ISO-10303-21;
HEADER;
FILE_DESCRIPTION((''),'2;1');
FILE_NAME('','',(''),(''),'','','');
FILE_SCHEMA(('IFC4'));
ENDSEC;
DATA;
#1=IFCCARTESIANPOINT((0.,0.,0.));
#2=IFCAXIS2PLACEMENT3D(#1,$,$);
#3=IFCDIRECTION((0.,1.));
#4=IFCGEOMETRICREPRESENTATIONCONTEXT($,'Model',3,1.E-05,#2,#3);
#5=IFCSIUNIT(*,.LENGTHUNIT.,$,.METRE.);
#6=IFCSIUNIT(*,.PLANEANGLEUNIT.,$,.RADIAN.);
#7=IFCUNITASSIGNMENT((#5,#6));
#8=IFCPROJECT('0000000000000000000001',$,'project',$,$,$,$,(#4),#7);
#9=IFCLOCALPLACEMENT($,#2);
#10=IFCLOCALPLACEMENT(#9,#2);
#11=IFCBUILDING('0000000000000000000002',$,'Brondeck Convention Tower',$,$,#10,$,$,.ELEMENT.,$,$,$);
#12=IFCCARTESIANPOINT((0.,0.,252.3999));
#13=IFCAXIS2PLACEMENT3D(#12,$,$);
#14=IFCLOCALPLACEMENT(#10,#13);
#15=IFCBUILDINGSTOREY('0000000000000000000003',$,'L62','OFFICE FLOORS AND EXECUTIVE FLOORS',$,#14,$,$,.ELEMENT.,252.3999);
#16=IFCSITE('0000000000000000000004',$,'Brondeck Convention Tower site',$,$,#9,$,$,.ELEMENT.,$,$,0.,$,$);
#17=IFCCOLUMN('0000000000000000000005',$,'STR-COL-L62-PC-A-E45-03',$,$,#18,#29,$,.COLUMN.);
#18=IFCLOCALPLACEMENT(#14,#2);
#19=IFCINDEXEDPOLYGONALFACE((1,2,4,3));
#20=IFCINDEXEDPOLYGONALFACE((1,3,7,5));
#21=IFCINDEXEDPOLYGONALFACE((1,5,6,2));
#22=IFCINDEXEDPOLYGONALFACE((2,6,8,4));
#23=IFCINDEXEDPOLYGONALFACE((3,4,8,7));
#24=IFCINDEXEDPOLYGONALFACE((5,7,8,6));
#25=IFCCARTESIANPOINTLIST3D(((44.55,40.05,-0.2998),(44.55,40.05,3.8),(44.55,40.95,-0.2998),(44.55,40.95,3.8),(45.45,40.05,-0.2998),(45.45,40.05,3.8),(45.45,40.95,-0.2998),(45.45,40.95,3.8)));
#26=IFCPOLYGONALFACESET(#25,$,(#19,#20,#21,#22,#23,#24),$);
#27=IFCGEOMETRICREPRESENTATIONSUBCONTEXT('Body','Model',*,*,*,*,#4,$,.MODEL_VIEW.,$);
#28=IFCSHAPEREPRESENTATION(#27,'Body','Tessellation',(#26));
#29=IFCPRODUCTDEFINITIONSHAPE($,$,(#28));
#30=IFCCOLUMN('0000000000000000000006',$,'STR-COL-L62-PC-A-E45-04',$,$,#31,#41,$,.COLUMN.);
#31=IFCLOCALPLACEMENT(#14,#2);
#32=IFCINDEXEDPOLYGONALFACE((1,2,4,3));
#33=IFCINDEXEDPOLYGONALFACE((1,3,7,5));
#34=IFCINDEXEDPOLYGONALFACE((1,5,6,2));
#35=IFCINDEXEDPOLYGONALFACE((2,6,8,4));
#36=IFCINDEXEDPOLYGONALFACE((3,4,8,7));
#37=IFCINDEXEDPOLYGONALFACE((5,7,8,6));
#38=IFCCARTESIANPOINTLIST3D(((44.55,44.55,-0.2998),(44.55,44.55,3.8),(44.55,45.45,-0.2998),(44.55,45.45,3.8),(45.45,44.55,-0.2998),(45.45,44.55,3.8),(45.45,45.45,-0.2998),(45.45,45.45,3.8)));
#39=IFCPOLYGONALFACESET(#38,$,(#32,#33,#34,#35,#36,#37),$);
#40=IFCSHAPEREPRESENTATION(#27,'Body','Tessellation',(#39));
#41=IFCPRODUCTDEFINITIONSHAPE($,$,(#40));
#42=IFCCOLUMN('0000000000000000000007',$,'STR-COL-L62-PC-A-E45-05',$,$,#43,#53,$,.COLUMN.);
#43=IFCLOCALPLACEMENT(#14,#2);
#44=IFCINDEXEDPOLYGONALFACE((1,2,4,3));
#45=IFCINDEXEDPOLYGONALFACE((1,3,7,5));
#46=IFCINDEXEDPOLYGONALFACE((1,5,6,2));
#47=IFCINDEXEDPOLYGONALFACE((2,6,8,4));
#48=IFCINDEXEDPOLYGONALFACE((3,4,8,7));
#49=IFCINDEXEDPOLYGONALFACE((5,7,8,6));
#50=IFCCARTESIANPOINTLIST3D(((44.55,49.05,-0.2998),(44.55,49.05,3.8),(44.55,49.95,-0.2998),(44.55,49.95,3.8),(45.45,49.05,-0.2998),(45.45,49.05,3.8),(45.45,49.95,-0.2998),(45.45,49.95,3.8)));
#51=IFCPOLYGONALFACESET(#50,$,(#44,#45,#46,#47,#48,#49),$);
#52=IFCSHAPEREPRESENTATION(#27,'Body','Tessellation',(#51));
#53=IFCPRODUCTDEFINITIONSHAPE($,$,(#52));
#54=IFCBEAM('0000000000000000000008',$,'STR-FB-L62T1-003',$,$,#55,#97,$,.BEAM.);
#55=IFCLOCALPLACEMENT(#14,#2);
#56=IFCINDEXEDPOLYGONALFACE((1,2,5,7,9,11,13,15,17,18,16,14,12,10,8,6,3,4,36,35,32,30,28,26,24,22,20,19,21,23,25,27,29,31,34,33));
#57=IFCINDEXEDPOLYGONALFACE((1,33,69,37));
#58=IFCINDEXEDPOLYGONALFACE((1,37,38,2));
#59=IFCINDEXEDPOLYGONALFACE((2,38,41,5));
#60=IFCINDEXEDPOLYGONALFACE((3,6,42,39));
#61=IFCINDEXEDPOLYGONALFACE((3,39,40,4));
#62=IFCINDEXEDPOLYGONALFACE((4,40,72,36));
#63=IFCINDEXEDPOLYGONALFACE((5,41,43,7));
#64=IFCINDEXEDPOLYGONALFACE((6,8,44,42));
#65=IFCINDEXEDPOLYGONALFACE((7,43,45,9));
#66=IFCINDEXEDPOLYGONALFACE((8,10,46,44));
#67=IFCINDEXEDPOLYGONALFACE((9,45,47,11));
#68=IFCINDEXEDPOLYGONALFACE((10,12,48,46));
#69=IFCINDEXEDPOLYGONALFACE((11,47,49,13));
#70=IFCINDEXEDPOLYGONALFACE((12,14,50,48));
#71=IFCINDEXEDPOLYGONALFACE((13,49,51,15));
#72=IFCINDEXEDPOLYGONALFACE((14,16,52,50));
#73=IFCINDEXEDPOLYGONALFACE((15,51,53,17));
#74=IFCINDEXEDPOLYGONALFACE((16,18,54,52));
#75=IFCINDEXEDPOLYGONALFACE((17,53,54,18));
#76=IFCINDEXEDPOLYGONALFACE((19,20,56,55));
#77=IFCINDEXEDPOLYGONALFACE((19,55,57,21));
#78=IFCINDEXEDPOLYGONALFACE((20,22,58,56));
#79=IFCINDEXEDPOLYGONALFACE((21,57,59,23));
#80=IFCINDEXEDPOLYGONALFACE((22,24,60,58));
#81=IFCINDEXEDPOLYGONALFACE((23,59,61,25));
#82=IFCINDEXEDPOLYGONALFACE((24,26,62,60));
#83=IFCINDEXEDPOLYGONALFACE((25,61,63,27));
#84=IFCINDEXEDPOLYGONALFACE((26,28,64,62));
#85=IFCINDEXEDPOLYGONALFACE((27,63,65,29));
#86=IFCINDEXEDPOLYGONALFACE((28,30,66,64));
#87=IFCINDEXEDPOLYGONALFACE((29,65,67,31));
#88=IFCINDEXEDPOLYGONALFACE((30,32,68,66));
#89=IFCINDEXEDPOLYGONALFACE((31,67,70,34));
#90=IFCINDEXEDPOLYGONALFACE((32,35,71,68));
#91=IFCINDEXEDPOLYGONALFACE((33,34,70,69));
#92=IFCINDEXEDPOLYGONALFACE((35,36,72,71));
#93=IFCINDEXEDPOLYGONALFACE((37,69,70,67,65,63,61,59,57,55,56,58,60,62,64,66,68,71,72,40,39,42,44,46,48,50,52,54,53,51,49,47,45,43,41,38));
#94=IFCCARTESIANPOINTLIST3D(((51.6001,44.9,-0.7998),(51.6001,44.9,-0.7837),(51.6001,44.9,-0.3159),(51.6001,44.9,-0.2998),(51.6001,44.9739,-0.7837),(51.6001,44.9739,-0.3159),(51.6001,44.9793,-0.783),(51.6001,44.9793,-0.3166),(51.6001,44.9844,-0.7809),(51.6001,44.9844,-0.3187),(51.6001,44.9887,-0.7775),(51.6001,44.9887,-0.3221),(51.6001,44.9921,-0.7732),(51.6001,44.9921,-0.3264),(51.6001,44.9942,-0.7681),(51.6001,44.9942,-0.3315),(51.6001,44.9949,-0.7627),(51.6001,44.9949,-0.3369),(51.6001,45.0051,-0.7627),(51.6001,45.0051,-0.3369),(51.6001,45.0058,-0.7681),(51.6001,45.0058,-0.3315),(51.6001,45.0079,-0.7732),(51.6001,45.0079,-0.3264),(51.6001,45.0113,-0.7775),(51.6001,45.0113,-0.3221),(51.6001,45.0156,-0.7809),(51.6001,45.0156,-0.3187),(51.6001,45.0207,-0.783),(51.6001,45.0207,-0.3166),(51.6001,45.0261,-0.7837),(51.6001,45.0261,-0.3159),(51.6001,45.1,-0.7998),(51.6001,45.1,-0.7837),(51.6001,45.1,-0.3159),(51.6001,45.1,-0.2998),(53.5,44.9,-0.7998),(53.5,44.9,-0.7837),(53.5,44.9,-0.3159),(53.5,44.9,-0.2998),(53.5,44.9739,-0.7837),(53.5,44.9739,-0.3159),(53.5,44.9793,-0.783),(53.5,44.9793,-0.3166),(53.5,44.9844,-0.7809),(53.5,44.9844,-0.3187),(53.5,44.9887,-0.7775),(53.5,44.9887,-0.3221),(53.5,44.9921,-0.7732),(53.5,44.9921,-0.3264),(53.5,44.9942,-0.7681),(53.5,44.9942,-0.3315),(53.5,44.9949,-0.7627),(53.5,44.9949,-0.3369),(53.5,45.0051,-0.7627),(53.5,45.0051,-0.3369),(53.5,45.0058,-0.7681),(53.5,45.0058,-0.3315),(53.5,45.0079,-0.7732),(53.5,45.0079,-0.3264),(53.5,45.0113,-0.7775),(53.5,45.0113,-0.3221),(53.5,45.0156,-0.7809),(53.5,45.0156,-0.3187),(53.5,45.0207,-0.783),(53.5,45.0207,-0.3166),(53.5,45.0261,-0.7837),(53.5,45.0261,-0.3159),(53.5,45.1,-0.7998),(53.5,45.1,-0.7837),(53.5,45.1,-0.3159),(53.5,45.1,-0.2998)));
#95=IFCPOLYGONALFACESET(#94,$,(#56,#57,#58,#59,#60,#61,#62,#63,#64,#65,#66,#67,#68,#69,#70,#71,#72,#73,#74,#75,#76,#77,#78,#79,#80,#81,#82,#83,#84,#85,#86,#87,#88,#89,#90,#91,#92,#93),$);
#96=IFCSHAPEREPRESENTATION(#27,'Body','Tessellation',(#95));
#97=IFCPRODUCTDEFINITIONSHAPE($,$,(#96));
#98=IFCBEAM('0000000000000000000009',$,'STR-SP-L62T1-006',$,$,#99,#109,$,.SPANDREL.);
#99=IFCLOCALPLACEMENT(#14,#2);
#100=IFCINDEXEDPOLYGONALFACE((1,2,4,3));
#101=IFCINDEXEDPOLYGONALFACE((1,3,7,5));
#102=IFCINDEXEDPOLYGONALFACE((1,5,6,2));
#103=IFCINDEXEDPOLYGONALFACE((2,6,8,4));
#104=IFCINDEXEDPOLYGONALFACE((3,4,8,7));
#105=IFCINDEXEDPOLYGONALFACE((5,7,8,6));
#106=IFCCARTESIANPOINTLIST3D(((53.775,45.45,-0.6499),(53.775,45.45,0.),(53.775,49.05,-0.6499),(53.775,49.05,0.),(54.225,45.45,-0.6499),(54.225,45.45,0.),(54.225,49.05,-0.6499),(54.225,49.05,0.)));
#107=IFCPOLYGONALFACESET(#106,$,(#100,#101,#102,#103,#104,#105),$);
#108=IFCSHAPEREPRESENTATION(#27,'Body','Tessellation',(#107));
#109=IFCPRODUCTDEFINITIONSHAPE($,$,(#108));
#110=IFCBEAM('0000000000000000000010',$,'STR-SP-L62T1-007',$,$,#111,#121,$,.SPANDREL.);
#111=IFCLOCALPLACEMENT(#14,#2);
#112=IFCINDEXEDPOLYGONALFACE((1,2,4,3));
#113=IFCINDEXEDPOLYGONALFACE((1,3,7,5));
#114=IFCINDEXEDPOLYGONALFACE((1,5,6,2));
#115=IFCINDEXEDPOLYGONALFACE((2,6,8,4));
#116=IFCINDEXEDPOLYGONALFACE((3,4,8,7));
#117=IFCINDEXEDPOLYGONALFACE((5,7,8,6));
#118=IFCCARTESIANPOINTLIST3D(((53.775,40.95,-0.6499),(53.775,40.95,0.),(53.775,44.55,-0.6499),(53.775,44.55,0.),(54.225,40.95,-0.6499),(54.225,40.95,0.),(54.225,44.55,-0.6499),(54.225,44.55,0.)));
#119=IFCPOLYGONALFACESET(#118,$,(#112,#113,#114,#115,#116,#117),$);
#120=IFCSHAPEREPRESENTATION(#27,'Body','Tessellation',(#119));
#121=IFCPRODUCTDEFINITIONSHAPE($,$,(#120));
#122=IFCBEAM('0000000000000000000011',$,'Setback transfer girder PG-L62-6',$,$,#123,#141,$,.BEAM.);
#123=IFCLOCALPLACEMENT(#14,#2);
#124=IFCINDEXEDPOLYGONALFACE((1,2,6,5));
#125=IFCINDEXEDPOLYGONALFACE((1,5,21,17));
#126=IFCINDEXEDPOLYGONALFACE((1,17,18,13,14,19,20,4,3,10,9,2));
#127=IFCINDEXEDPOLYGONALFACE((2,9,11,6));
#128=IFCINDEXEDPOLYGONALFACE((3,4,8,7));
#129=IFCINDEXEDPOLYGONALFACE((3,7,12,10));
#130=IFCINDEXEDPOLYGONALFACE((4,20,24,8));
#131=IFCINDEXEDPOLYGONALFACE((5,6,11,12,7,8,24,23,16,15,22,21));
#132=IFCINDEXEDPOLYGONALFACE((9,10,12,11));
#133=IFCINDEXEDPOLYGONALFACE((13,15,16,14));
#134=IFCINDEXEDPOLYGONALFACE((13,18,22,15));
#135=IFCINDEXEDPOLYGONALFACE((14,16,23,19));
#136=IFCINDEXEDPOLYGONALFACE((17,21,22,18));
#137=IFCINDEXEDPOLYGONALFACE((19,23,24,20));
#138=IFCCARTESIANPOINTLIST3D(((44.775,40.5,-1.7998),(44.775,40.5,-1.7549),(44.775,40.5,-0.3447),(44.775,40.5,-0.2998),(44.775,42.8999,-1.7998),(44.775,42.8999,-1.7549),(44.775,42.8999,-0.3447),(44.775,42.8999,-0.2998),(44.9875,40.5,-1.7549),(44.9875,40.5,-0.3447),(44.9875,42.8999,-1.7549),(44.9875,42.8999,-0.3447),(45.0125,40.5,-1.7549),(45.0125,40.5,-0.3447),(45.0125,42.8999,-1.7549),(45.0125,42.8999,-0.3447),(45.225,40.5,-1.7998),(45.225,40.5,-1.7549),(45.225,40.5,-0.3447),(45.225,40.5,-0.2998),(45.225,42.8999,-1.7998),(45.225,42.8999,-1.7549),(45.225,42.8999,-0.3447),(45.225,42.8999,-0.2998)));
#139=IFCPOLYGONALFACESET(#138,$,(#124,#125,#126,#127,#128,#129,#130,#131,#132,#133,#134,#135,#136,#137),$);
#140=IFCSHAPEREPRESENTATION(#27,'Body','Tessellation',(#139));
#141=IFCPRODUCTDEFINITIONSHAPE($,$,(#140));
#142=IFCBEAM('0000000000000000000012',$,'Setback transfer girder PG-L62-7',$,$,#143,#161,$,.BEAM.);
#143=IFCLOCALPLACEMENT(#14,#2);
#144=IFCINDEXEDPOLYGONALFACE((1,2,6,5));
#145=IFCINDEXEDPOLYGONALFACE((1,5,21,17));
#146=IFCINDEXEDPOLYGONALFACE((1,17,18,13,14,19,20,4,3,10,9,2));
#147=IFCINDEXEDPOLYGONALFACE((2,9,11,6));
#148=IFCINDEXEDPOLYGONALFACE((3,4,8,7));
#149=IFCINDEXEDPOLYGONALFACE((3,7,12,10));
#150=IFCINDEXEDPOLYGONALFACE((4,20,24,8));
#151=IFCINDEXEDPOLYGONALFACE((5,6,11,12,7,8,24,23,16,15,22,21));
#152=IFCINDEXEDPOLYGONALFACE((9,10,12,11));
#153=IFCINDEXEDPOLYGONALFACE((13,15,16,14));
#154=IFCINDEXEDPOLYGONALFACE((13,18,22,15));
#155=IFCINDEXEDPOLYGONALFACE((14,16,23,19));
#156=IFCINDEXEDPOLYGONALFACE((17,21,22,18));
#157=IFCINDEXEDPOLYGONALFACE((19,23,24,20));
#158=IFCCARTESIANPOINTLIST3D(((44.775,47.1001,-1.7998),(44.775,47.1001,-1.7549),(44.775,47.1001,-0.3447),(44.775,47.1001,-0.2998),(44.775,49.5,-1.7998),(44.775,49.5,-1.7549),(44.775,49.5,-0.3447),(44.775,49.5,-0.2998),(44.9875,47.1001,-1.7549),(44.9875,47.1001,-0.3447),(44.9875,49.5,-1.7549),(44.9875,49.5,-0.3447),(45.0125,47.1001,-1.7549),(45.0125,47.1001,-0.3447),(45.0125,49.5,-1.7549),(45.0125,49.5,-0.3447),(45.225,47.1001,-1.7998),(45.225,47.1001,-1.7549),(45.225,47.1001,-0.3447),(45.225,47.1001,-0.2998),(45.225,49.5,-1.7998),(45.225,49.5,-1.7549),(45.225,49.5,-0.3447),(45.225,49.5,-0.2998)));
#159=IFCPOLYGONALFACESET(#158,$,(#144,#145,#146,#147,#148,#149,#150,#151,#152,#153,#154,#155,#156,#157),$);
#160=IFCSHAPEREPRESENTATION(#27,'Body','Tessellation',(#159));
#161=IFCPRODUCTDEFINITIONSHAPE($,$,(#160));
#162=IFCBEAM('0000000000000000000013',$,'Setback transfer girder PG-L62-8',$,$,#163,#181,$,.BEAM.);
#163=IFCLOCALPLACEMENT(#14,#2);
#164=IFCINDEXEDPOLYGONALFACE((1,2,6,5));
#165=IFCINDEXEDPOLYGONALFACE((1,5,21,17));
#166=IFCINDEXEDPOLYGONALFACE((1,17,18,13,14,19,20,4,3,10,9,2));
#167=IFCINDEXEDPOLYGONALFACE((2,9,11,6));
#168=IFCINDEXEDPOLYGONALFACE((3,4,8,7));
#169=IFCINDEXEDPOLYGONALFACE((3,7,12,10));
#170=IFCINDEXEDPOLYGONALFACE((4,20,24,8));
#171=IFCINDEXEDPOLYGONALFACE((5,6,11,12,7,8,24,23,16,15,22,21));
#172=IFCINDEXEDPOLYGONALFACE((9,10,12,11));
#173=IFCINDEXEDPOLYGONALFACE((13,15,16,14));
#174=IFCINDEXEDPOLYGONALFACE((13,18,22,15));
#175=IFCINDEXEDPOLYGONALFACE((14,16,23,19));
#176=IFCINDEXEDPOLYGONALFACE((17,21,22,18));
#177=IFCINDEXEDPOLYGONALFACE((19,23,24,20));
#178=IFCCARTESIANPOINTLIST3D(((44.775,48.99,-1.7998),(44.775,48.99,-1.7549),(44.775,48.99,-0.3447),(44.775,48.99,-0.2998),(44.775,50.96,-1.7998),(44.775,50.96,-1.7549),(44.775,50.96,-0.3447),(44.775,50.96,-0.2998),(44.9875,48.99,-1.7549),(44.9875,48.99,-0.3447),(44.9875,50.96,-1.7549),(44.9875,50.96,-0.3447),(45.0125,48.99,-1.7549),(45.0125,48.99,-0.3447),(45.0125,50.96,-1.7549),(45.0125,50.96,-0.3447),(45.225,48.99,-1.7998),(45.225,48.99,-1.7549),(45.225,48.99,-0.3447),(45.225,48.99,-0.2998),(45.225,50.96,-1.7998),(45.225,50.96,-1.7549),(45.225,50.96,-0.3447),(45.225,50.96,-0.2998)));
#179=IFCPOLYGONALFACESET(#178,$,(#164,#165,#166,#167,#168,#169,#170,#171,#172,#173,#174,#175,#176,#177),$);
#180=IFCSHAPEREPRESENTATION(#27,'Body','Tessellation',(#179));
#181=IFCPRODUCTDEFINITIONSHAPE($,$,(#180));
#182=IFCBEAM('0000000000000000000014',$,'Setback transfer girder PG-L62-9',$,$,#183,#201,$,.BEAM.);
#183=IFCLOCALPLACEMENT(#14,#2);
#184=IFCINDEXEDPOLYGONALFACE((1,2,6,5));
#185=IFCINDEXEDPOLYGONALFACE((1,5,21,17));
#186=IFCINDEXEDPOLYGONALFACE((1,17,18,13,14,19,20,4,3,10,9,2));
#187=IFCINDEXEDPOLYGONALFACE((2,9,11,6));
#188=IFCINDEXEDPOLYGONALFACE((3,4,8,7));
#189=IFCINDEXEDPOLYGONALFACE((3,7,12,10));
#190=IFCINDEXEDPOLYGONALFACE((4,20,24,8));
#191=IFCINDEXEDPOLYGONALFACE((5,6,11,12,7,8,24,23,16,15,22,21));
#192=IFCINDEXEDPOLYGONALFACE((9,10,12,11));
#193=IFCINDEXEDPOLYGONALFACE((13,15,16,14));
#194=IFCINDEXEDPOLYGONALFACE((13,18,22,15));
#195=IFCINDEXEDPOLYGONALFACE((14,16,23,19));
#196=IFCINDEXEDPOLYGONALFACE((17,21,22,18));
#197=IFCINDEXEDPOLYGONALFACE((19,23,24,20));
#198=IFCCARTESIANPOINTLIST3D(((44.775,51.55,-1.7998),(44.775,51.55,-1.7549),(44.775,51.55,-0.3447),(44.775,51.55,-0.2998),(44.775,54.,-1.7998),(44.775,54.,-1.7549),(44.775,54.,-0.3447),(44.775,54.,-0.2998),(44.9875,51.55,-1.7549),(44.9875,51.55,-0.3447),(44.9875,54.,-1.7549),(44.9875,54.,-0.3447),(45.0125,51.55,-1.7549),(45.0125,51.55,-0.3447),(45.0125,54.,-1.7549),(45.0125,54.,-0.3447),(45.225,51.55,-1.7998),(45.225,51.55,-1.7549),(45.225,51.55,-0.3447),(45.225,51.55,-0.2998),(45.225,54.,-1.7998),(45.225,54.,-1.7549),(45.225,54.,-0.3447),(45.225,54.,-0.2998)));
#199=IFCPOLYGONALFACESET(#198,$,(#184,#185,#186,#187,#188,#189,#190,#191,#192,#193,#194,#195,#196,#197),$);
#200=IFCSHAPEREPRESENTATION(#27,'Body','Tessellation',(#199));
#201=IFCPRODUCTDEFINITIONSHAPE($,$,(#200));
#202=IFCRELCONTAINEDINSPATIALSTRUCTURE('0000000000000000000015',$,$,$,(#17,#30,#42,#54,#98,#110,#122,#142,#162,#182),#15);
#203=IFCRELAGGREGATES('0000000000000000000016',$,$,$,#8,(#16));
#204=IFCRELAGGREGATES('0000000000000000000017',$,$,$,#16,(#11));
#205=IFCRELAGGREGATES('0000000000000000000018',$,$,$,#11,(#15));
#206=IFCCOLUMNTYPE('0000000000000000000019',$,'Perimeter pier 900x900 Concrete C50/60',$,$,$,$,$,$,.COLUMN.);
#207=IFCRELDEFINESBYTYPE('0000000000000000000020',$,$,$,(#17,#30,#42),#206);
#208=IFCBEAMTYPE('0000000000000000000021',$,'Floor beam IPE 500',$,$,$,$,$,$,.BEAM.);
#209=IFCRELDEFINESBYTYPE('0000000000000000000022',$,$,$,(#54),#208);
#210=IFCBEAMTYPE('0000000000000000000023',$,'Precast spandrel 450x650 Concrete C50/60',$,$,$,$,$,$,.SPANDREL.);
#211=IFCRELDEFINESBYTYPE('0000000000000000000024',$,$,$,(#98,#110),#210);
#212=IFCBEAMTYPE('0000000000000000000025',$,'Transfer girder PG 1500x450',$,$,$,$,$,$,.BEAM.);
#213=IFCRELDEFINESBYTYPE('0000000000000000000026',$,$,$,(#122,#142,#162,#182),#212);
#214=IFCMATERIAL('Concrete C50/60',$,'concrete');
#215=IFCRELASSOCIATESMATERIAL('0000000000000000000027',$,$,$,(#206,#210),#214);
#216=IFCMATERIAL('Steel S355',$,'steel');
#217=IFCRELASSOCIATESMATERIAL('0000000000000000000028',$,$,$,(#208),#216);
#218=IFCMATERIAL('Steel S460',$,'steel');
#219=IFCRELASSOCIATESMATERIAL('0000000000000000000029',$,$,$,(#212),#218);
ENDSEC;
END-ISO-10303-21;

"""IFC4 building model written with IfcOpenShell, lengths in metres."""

from ifc_helpers import new_model, si_unit, direction, frame, origin, origin_2d, place, context, subcontext, project, spatial, rectangle, i_section, extrude, material, material_profile, profile_set, type_object, element, save


model = new_model("IFC4")

# Units and contexts
model_context = context("Model", 3, precision=1e-05, world=origin(), true_north=direction((0.0, 1.0)))
body_context = subcontext(model_context, "Body", "Model", "MODEL_VIEW")
ifc_project = project(units=[si_unit("LENGTHUNIT", "METRE"), si_unit("PLANEANGLEUNIT", "RADIAN")], contexts=[model_context])

# Site, building, storey
site_placement = place(None, origin())
site = spatial("IfcSite", under=ifc_project, at=site_placement, Name="Brondeck Convention Tower site", CompositionType="ELEMENT", RefElevation=0.0)
building_placement = place(site_placement, origin())
building = spatial("IfcBuilding", under=site, at=building_placement, Name="Brondeck Convention Tower", CompositionType="ELEMENT")
storey_placement = place(building_placement, frame((0.0, 0.0, 252.3999)))
storey = spatial("IfcBuildingStorey", under=building, at=storey_placement, Name="L62", Description="OFFICE FLOORS AND EXECUTIVE FLOORS", CompositionType="ELEMENT", Elevation=252.3999)

# Columns
ifc_material_1 = material(Name="Concrete C50/60", Category="concrete")
ifc_material_profile_1 = material_profile(ifc_material_1, rectangle(XDim=0.8999, YDim=0.8999, at=origin_2d()), Name="Perimeter pier 900x900 Concrete C50/60")
ifc_profile_set_1 = profile_set([ifc_material_profile_1], Name="Concrete C50/60")
column_type = type_object("IfcColumnType", Name="Perimeter pier 900x900 Concrete C50/60", PredefinedType="COLUMN", material=ifc_profile_set_1)
for number, where, z_axis, x_axis, name in (
    (1, (45.0, 40.5, -0.2998), (0.0, 0.0, 1.0), (0.0, 1.0, 0.0), "STR-COL-L62-PC-A-E45-03"),
    (2, (45.0, 45.0, -0.2998), (0.0, 0.0, 1.0), (0.0, 1.0, 0.0), "STR-COL-L62-PC-A-E45-04"),
    (3, (45.0, 49.5, -0.2998), (0.0, 0.0, 1.0), (0.0, 1.0, 0.0), "STR-COL-L62-PC-A-E45-05"),
):
    element("IfcColumn", number, at=place(storey_placement, frame(where, z_axis=z_axis, x_axis=x_axis)), inside=storey, type_object=column_type, Name=name, PredefinedType="COLUMN", context=body_context, shape_type="SweptSolid", body=[
        extrude(rectangle(XDim=0.8999, YDim=0.8999, at=origin_2d()), origin(), (0.0, 0.0, 1.0), 4.0999),
    ])

# Beams
ifc_material_2 = material(Name="Steel S355", Category="steel")
ifc_material_profile_2 = material_profile(ifc_material_2, i_section(OverallWidth=0.2, OverallDepth=0.5, WebThickness=0.0103, FlangeThickness=0.0161, FilletRadius=0.021, at=origin_2d()), Name="IPE 500")
ifc_profile_set_2 = profile_set([ifc_material_profile_2], Name="Steel S355")
beam_type_1 = type_object("IfcBeamType", Name="Floor beam IPE 500", PredefinedType="BEAM", material=ifc_profile_set_2)
beam_1_placement = place(storey_placement, frame((51.6001, 45.0, -0.5498), z_axis=(1.0, 0.0, 0.0), x_axis=(0.0, 1.0, 0.0)))
element("IfcBeam", 4, at=beam_1_placement, inside=storey, type_object=beam_type_1, Name="STR-FB-L62T1-003", PredefinedType="BEAM", context=body_context, shape_type="SweptSolid", body=[
    extrude(i_section(OverallWidth=0.2, OverallDepth=0.5, WebThickness=0.0103, FlangeThickness=0.0161, FilletRadius=0.021, at=origin_2d()), origin(), (0.0, 0.0, 1.0), 1.8999),
])
ifc_material_profile_3 = material_profile(ifc_material_1, rectangle(XDim=0.45, YDim=0.6499, at=origin_2d()), Name="Precast spandrel 450x650 Concrete C50/60")
ifc_profile_set_3 = profile_set([ifc_material_profile_3], Name="Concrete C50/60")
beam_type_2 = type_object("IfcBeamType", Name="Precast spandrel 450x650 Concrete C50/60", PredefinedType="SPANDREL", material=ifc_profile_set_3)
for number, where, z_axis, x_axis, name in (
    (5, (54.0, 49.05, -0.325), (0.0, -1.0, 0.0), (1.0, 0.0, 0.0), "STR-SP-L62T1-006"),
    (6, (54.0, 44.55, -0.325), (0.0, -1.0, 0.0), (1.0, 0.0, 0.0), "STR-SP-L62T1-007"),
):
    element("IfcBeam", number, at=place(storey_placement, frame(where, z_axis=z_axis, x_axis=x_axis)), inside=storey, type_object=beam_type_2, Name=name, PredefinedType="SPANDREL", context=body_context, shape_type="SweptSolid", body=[
        extrude(rectangle(XDim=0.45, YDim=0.6499, at=origin_2d()), origin(), (0.0, 0.0, 1.0), 3.6001),
    ])
ifc_material_3 = material(Name="Steel S460", Category="steel")
ifc_material_profile_4 = material_profile(ifc_material_3, i_section(OverallWidth=0.45, OverallDepth=1.5, WebThickness=0.0249, FlangeThickness=0.0449, at=origin_2d()), Name="PG 1500x450")
ifc_profile_set_4 = profile_set([ifc_material_profile_4], Name="Steel S460")
beam_type_3 = type_object("IfcBeamType", Name="Transfer girder PG 1500x450", PredefinedType="BEAM", material=ifc_profile_set_4)
for number, where, z_axis, x_axis, name in (
    (7, (45.0, 40.5, -1.0498), (0.0, 1.0, 0.0), (-1.0, 0.0, 0.0), "Setback transfer girder PG-L62-6"),
    (8, (45.0, 47.1001, -1.0498), (0.0, 1.0, 0.0), (-1.0, 0.0, 0.0), "Setback transfer girder PG-L62-7"),
):
    element("IfcBeam", number, at=place(storey_placement, frame(where, z_axis=z_axis, x_axis=x_axis)), inside=storey, type_object=beam_type_3, Name=name, PredefinedType="BEAM", context=body_context, shape_type="SweptSolid", body=[
        extrude(i_section(OverallWidth=0.45, OverallDepth=1.5, WebThickness=0.0249, FlangeThickness=0.0449, at=origin_2d()), origin(), (0.0, 0.0, 1.0), 2.3999),
    ])
beam_2_placement = place(storey_placement, frame((45.0, 48.99, -1.0498), z_axis=(0.0, 1.0, 0.0), x_axis=(-1.0, 0.0, 0.0)))
element("IfcBeam", 9, at=beam_2_placement, inside=storey, type_object=beam_type_3, Name="Setback transfer girder PG-L62-8", PredefinedType="BEAM", context=body_context, shape_type="SweptSolid", body=[
    extrude(i_section(OverallWidth=0.45, OverallDepth=1.5, WebThickness=0.0249, FlangeThickness=0.0449, at=origin_2d()), origin(), (0.0, 0.0, 1.0), 1.97),
])
beam_3_placement = place(storey_placement, frame((45.0, 51.55, -1.0498), z_axis=(0.0, 1.0, 0.0), x_axis=(-1.0, 0.0, 0.0)))
element("IfcBeam", 10, at=beam_3_placement, inside=storey, type_object=beam_type_3, Name="Setback transfer girder PG-L62-9", PredefinedType="BEAM", context=body_context, shape_type="SweptSolid", body=[
    extrude(i_section(OverallWidth=0.45, OverallDepth=1.5, WebThickness=0.0249, FlangeThickness=0.0449, at=origin_2d()), origin(), (0.0, 0.0, 1.0), 2.45),
])

save(model, "model.ifc")
